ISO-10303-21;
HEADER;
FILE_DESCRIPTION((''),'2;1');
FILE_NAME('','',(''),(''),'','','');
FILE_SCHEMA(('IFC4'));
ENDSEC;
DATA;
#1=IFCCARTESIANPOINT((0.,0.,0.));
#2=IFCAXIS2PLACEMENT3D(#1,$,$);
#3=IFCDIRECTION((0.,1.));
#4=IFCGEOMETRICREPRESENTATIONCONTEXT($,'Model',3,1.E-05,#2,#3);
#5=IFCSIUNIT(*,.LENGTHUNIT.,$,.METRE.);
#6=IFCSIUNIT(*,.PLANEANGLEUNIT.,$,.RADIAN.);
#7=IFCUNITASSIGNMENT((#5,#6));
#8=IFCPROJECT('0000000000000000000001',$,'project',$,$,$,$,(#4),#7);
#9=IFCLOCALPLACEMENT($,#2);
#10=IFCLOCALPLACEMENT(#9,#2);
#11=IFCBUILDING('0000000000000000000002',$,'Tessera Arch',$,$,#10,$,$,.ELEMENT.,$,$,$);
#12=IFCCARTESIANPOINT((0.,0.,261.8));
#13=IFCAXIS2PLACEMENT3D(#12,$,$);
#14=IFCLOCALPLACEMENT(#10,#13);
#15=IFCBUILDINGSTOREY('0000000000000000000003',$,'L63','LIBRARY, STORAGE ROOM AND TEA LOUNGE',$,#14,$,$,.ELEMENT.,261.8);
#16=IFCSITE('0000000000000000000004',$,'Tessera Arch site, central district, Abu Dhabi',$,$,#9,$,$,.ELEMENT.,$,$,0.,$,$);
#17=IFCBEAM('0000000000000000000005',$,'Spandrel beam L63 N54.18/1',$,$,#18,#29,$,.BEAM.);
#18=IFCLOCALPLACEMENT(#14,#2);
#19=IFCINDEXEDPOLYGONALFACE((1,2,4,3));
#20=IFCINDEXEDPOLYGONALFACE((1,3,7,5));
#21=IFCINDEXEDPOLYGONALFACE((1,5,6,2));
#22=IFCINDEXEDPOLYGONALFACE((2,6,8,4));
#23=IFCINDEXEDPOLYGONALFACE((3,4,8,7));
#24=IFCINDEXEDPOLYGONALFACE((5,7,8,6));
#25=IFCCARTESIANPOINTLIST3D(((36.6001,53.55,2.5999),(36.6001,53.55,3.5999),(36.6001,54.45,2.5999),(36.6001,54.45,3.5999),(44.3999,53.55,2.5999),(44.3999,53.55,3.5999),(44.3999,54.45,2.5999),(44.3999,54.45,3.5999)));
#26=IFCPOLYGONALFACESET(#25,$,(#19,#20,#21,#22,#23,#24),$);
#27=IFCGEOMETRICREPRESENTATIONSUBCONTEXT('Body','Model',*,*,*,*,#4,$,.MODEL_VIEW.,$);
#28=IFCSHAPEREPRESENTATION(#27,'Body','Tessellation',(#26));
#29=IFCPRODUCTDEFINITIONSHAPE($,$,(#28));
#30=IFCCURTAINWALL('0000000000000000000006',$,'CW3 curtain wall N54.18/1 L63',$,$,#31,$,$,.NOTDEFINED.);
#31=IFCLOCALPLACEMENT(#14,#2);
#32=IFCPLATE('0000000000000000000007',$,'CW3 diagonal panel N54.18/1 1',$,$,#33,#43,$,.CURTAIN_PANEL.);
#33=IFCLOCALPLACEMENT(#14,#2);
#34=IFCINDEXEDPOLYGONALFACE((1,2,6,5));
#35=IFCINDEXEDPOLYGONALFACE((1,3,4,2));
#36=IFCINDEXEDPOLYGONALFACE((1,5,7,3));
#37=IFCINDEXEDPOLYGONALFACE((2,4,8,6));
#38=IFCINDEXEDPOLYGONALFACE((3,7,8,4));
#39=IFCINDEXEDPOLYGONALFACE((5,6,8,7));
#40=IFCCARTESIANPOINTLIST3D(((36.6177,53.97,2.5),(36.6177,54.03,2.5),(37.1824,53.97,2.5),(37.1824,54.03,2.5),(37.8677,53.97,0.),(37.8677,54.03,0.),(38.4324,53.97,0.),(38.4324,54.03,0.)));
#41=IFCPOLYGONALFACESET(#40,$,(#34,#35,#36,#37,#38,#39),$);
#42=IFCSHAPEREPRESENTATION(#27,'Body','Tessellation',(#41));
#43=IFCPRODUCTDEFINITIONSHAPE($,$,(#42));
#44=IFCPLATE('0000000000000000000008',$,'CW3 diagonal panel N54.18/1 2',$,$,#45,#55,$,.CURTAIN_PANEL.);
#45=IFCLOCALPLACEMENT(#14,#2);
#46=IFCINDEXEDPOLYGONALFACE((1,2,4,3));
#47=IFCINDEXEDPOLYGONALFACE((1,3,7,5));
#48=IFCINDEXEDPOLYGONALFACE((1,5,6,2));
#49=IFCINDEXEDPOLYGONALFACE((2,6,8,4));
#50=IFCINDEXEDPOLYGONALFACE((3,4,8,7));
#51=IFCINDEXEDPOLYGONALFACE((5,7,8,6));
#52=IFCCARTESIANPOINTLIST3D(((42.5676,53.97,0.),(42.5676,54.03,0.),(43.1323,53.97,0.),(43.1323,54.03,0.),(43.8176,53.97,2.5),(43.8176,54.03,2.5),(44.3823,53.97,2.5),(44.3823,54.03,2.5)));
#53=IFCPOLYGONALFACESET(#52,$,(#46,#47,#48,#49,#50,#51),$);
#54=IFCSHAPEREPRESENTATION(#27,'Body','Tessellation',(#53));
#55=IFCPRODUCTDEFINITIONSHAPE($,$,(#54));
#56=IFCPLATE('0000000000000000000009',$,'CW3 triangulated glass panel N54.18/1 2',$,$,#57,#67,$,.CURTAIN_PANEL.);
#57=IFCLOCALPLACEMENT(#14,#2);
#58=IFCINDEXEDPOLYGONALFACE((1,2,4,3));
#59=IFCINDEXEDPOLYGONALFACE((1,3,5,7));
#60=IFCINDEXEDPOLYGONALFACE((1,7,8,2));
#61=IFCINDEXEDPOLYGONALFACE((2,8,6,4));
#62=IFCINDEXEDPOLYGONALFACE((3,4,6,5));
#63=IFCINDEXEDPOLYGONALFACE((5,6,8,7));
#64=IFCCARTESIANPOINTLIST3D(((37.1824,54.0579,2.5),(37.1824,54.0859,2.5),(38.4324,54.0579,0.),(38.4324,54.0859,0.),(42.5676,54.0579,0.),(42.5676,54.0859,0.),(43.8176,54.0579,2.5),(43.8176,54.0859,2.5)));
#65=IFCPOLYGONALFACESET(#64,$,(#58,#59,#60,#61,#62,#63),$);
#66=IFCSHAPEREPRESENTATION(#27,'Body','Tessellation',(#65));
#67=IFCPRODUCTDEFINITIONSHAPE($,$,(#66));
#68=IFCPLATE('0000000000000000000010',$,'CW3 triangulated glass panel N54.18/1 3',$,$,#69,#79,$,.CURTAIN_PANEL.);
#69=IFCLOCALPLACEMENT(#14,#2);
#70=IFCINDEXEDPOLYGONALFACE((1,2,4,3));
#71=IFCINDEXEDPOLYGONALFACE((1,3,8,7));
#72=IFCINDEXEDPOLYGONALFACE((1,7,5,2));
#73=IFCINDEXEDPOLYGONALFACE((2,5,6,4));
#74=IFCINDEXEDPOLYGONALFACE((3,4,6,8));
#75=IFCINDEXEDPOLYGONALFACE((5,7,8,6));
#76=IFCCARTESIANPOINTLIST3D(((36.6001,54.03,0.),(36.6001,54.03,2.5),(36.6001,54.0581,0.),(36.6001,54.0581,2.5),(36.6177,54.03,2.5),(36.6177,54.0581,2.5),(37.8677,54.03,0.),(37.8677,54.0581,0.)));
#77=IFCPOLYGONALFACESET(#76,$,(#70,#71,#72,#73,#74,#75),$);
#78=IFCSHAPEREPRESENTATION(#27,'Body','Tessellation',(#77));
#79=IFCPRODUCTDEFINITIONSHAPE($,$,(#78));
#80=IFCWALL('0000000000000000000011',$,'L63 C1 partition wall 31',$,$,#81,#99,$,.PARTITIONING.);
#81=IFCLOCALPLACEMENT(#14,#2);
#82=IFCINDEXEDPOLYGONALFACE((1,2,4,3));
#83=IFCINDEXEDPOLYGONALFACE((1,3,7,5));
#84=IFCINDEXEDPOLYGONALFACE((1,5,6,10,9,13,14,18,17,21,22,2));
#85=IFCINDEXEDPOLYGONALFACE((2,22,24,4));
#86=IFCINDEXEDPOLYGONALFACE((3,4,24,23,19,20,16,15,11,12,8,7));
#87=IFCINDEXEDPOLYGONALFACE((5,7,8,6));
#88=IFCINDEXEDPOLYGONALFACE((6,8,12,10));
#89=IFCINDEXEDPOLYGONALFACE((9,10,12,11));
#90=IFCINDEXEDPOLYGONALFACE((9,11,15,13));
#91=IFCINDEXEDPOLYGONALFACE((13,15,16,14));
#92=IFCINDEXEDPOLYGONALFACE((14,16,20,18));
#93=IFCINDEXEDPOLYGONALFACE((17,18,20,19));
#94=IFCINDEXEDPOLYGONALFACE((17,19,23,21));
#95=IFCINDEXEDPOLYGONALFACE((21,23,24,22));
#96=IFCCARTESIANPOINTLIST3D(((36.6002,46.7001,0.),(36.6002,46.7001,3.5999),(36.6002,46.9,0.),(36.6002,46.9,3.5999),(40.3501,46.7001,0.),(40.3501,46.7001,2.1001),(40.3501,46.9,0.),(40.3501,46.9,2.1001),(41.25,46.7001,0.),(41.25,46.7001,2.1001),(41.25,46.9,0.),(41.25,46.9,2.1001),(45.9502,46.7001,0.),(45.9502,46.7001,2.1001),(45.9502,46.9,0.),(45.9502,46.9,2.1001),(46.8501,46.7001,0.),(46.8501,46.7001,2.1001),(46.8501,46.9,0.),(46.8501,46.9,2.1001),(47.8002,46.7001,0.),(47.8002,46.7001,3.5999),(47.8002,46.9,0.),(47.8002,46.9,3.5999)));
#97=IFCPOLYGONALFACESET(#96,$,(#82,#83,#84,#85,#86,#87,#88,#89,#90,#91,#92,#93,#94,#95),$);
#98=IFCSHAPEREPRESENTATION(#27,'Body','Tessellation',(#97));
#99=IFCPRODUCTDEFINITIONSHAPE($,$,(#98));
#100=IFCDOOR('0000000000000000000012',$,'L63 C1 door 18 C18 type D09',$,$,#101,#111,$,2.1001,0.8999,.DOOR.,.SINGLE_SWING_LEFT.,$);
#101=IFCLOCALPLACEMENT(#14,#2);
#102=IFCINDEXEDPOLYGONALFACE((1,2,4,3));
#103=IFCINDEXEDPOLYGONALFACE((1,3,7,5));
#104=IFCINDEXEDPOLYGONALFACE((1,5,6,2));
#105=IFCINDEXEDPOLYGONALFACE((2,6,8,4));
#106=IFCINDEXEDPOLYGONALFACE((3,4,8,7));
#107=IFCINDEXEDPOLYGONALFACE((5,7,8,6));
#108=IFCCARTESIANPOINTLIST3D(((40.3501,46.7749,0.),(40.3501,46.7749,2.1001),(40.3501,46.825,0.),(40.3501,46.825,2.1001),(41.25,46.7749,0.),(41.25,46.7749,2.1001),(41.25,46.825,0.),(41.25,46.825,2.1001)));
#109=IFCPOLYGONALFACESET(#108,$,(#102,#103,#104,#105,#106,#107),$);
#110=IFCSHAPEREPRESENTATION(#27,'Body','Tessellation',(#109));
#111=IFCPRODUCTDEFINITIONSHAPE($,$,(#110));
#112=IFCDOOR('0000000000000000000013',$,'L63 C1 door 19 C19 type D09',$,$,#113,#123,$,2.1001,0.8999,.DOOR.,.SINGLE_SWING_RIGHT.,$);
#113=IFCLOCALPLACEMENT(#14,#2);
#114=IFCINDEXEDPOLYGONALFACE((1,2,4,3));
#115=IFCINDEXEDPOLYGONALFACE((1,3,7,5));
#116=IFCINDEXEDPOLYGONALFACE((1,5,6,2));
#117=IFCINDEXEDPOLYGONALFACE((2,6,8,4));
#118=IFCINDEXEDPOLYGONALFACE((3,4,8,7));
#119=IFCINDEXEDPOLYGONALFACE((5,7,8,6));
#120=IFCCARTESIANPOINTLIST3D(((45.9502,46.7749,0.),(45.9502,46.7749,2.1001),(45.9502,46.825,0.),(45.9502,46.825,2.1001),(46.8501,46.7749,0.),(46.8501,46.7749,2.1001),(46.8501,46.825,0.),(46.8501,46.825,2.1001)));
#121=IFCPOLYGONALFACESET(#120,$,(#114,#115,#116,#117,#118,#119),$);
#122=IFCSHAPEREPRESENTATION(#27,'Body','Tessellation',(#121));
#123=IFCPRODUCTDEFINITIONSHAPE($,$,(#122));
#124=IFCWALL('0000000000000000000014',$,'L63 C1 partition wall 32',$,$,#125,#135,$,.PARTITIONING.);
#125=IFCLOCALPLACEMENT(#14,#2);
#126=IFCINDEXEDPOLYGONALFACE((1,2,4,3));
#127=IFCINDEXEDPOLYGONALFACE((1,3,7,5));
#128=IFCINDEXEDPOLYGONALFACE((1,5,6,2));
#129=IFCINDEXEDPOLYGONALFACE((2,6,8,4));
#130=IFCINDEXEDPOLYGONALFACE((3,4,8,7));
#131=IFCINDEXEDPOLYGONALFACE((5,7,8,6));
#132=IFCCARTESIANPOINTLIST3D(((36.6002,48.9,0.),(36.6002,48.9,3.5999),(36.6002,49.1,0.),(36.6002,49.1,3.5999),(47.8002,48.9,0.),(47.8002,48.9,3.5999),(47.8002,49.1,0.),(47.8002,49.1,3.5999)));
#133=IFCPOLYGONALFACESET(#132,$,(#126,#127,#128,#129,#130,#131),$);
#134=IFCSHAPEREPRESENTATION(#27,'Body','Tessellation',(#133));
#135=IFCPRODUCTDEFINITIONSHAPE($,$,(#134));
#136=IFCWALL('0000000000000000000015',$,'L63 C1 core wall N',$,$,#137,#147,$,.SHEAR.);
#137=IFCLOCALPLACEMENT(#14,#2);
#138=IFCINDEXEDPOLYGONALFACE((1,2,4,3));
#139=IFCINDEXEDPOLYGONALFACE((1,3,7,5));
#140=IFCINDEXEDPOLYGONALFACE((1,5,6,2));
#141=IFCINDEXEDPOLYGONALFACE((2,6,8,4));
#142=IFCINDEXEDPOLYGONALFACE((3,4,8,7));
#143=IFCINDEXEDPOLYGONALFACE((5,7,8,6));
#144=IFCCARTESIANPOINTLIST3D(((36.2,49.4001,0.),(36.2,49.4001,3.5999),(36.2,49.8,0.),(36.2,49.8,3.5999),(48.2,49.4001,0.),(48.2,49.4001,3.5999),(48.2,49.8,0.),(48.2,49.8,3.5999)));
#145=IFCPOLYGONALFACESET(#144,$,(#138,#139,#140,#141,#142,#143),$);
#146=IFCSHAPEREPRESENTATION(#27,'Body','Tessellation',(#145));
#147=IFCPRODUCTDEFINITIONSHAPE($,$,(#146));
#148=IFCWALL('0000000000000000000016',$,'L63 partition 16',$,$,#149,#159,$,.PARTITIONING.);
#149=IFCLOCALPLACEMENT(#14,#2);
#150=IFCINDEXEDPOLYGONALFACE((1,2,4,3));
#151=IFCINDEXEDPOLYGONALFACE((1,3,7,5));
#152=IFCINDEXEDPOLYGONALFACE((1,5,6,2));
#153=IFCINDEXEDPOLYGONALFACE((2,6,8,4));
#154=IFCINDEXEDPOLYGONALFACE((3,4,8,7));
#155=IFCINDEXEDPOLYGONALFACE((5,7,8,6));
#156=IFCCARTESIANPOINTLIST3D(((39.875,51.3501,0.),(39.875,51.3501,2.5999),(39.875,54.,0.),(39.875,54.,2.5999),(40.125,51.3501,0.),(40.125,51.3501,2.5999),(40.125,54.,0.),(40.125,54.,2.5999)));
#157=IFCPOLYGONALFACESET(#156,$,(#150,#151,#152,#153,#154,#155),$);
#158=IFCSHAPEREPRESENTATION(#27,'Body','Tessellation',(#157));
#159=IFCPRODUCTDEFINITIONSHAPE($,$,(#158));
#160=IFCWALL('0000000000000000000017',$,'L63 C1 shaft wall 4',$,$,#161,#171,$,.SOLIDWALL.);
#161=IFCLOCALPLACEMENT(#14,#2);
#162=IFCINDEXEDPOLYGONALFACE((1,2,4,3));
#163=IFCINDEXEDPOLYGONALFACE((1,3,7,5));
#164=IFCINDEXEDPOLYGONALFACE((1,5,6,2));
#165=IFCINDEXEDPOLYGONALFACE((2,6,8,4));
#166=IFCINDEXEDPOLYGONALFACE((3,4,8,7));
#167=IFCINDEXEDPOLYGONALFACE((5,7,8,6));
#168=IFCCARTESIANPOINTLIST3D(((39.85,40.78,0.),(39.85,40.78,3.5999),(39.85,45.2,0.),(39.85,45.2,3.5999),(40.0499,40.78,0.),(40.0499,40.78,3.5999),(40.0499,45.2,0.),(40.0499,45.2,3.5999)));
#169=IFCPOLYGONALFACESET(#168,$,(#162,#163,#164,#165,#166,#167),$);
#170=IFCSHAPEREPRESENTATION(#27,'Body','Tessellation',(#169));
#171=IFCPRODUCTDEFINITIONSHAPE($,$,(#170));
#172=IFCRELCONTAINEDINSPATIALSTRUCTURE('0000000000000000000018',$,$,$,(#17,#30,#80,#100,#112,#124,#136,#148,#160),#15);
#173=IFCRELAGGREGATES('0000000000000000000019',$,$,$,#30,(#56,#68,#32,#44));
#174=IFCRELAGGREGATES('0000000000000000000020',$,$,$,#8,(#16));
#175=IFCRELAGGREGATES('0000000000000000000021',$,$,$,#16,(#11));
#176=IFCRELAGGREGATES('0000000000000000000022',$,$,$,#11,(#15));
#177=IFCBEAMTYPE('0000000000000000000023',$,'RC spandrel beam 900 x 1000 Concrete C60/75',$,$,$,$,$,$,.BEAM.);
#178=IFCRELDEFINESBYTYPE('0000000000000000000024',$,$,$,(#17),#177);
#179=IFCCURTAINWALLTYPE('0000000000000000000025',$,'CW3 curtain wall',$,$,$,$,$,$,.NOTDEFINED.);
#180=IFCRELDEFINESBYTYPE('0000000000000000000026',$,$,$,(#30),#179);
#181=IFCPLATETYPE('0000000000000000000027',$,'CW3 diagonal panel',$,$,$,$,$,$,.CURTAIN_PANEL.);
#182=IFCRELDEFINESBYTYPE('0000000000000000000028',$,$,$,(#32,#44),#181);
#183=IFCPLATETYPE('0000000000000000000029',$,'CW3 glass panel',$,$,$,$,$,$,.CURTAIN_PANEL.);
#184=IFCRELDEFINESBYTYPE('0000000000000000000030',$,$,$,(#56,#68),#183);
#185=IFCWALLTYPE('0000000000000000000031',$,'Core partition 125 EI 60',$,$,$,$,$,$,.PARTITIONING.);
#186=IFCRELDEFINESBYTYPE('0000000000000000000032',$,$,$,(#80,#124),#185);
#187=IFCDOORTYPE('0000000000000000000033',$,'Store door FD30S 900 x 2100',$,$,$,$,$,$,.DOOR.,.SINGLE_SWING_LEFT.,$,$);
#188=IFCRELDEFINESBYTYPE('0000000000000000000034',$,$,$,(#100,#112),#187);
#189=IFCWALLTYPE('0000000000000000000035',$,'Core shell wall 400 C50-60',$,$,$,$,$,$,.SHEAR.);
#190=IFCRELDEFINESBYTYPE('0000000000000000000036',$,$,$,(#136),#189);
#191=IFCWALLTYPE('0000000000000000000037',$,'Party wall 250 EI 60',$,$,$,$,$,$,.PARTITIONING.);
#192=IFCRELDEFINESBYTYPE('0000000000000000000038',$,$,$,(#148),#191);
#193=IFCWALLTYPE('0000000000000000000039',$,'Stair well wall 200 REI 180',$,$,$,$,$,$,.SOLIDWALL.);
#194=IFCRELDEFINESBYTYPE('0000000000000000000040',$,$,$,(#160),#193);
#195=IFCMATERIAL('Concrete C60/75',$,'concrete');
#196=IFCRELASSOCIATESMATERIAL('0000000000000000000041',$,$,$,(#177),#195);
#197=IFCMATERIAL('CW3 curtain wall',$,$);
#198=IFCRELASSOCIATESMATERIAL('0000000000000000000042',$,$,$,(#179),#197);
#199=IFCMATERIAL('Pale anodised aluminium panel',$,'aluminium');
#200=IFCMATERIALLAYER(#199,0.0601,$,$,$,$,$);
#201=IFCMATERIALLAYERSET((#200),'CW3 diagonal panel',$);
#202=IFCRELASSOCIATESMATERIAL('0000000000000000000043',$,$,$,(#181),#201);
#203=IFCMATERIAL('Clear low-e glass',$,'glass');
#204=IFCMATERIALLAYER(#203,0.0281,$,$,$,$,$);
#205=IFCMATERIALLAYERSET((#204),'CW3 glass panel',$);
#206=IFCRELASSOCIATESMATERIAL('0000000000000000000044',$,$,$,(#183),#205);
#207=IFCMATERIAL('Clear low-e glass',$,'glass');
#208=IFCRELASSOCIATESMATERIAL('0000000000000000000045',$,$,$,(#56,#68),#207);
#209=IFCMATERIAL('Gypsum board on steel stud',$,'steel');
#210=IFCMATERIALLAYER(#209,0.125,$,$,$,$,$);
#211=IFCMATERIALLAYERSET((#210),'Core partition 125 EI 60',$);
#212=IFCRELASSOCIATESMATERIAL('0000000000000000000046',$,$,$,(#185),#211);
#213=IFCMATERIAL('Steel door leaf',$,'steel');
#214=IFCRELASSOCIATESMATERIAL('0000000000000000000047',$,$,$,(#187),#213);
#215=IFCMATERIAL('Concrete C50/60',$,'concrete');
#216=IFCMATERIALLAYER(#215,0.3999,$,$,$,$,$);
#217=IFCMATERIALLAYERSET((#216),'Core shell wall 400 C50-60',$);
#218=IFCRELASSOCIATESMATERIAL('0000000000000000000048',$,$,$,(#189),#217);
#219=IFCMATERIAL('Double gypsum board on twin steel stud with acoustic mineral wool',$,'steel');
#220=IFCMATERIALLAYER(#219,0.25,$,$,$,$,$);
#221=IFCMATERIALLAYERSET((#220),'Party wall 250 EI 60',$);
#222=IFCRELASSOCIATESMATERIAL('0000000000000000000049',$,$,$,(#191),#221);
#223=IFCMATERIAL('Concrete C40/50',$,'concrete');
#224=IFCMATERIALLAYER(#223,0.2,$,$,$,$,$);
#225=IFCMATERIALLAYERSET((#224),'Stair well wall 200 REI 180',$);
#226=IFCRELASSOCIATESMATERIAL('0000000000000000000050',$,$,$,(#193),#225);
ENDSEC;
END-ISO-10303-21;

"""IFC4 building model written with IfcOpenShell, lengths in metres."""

from ifc_helpers import new_model, si_unit, direction, frame, frame_2d, origin, origin_2d, place, context, subcontext, project, spatial, polyline, rectangle, outline, extrude, material, layer, layer_set, material_profile, profile_set, type_object, element, fill, aggregate, save


model = new_model("IFC4")

# Units and contexts
model_context = context("Model", 3, precision=1e-05, world=origin(), true_north=direction((0.0, 1.0)))
body_context = subcontext(model_context, "Body", "Model", "MODEL_VIEW")
ifc_project = project(units=[si_unit("LENGTHUNIT", "METRE"), si_unit("PLANEANGLEUNIT", "RADIAN")], contexts=[model_context])

# Site, building, storey
site_placement = place(None, origin())
site = spatial("IfcSite", under=ifc_project, at=site_placement, Name="Tessera Arch site, central district, Abu Dhabi", CompositionType="ELEMENT", RefElevation=0.0)
building_placement = place(site_placement, origin())
building = spatial("IfcBuilding", under=site, at=building_placement, Name="Tessera Arch", CompositionType="ELEMENT")
storey_placement = place(building_placement, frame((0.0, 0.0, 261.8)))
storey = spatial("IfcBuildingStorey", under=building, at=storey_placement, Name="L63", Description="LIBRARY, STORAGE ROOM AND TEA LOUNGE", CompositionType="ELEMENT", Elevation=261.8)

# Beam
ifc_material_1 = material(Name="Concrete C60/75", Category="concrete")
ifc_material_profile = material_profile(ifc_material_1, rectangle(XDim=0.8999, YDim=1.0, at=origin_2d()), Name="RC spandrel beam 900 x 1000 Concrete C60/75")
ifc_profile_set = profile_set([ifc_material_profile], Name="Concrete C60/75")
beam_type = type_object("IfcBeamType", Name="RC spandrel beam 900 x 1000 Concrete C60/75", PredefinedType="BEAM", material=ifc_profile_set)
beam_placement = place(storey_placement, frame((44.3999, 54.0, 3.0999), z_axis=(-1.0, 0.0, 0.0), x_axis=(0.0, -1.0, 0.0)))
element("IfcBeam", 1, at=beam_placement, inside=storey, type_object=beam_type, Name="Spandrel beam L63 N54.18/1", PredefinedType="BEAM", context=body_context, shape_type="SweptSolid", body=[
    extrude(rectangle(XDim=0.8999, YDim=1.0, at=origin_2d()), origin(), (0.0, 0.0, 1.0), 7.7998),
])

# Curtain wall, plates
ifc_material_2 = material(Name="CW3 curtain wall")
curtain_wall_type = type_object("IfcCurtainWallType", Name="CW3 curtain wall", PredefinedType="NOTDEFINED", material=ifc_material_2)
curtain_wall_placement = place(storey_placement, origin())
curtain_wall = element("IfcCurtainWall", 2, at=curtain_wall_placement, inside=storey, type_object=curtain_wall_type, Name="CW3 curtain wall N54.18/1 L63", PredefinedType="NOTDEFINED")
ifc_material_3 = material(Name="Pale anodised aluminium panel", Category="aluminium")
ifc_layer_1 = layer(ifc_material_3, 0.0601)
ifc_layer_set_1 = layer_set([ifc_layer_1], Name="CW3 diagonal panel")
plate_type_1 = type_object("IfcPlateType", Name="CW3 diagonal panel", PredefinedType="CURTAIN_PANEL", material=ifc_layer_set_1)
plate_1_placement = place(storey_placement, frame((36.6177, 54.03, 2.5), z_axis=(0.0, 1.0, 0.0), x_axis=(1.0, 0.0, 0.0)))
plate_1 = element("IfcPlate", 3, at=plate_1_placement, type_object=plate_type_1, Name="CW3 diagonal panel N54.18/1 1", PredefinedType="CURTAIN_PANEL", context=body_context, shape_type="SweptSolid", body=[
    extrude(outline(polyline([(0.0, 0.0), (0.5647, 0.0), (1.8147, 2.5), (1.25, 2.5), (0.0, 0.0)])), origin(), (0.0, 0.0, -1.0), 0.0601),
])
plate_2_placement = place(storey_placement, frame((43.8176, 54.03, 2.5), z_axis=(0.0, 1.0, 0.0), x_axis=(1.0, 0.0, 0.0)))
plate_2 = element("IfcPlate", 4, at=plate_2_placement, type_object=plate_type_1, Name="CW3 diagonal panel N54.18/1 2", PredefinedType="CURTAIN_PANEL", context=body_context, shape_type="SweptSolid", body=[
    extrude(outline(polyline([(0.0, 0.0), (0.5647, 0.0), (-0.6853, 2.5), (-1.25, 2.5), (0.0, 0.0)])), origin(), (0.0, 0.0, -1.0), 0.0601),
])
ifc_material_4 = material(Name="Clear low-e glass", Category="glass")
ifc_material_5 = material(Name="Clear low-e glass", Category="glass")
ifc_layer_2 = layer(ifc_material_5, 0.0281)
ifc_layer_set_2 = layer_set([ifc_layer_2], Name="CW3 glass panel")
plate_type_2 = type_object("IfcPlateType", Name="CW3 glass panel", PredefinedType="CURTAIN_PANEL", material=ifc_layer_set_2)
plate_3_placement = place(storey_placement, frame((37.1824, 54.0859, 2.5), z_axis=(0.0, 1.0, 0.0), x_axis=(1.0, 0.0, 0.0)))
plate_3 = element("IfcPlate", 5, at=plate_3_placement, type_object=plate_type_2, material=ifc_material_4, Name="CW3 triangulated glass panel N54.18/1 2", PredefinedType="CURTAIN_PANEL", context=body_context, shape_type="SweptSolid", body=[
    extrude(outline(polyline([(0.0, 0.0), (6.6353, 0.0), (5.3853, 2.5), (1.25, 2.5), (0.0, 0.0)])), origin(), (0.0, 0.0, -1.0), 0.0281),
])
plate_4_placement = place(storey_placement, frame((36.6001, 54.0581, 2.5), z_axis=(0.0, 1.0, 0.0), x_axis=(1.0, 0.0, 0.0)))
plate_4 = element("IfcPlate", 6, at=plate_4_placement, type_object=plate_type_2, material=ifc_material_4, Name="CW3 triangulated glass panel N54.18/1 3", PredefinedType="CURTAIN_PANEL", context=body_context, shape_type="SweptSolid", body=[
    extrude(outline(polyline([(0.0, 0.0), (0.0176, 0.0), (1.2676, 2.5), (0.0, 2.5), (0.0, 0.0)])), origin(), (0.0, 0.0, -1.0), 0.0281),
])
aggregate(curtain_wall, [plate_3, plate_4, plate_1, plate_2])

# Wall, openings, doors
ifc_material_6 = material(Name="Gypsum board on steel stud", Category="steel")
ifc_layer_3 = layer(ifc_material_6, 0.125)
ifc_layer_set_3 = layer_set([ifc_layer_3], Name="Core partition 125 EI 60")
wall_type_1 = type_object("IfcWallType", Name="Core partition 125 EI 60", PredefinedType="PARTITIONING", material=ifc_layer_set_3)
wall_1_placement = place(storey_placement, frame((36.6001, 46.8, 0.0), z_axis=(0.0, 0.0, 1.0), x_axis=(1.0, 0.0, 0.0)))
wall_1 = element("IfcWall", 7, at=wall_1_placement, inside=storey, type_object=wall_type_1, Name="L63 C1 partition wall 31", PredefinedType="PARTITIONING", context=body_context, shape_type="SweptSolid", body=[
    extrude(rectangle(XDim=11.2, YDim=0.2, at=frame_2d((5.6001, 0.0))), origin(), (0.0, 0.0, 1.0), 3.5999),
])
opening_1_placement = place(wall_1_placement, frame((3.75, 0.0, 0.0)))
opening_1 = element("IfcOpeningElement", 8, at=opening_1_placement, cuts=wall_1, PredefinedType="OPENING", context=body_context, shape_type="SweptSolid", body=[
    extrude(rectangle(XDim=0.8999, YDim=2.1001, at=frame_2d((0.45, 1.05))), frame((0.0, 0.1099, 0.0), z_axis=(0.0, -1.0, 0.0), x_axis=(1.0, 0.0, 0.0)), (0.0, 0.0, 1.0), 0.22),
])
opening_2_placement = place(wall_1_placement, frame((9.3501, 0.0, 0.0)))
opening_2 = element("IfcOpeningElement", 9, at=opening_2_placement, cuts=wall_1, PredefinedType="OPENING", context=body_context, shape_type="SweptSolid", body=[
    extrude(rectangle(XDim=0.8999, YDim=2.1001, at=frame_2d((0.45, 1.05))), frame((0.0, 0.1099, 0.0), z_axis=(0.0, -1.0, 0.0), x_axis=(1.0, 0.0, 0.0)), (0.0, 0.0, 1.0), 0.22),
])
ifc_material_7 = material(Name="Steel door leaf", Category="steel")
door_type_1 = type_object("IfcDoorType", Name="Store door FD30S 900 x 2100", OperationType="SINGLE_SWING_LEFT", PredefinedType="DOOR", material=ifc_material_7)
door_1_placement = place(opening_1_placement, origin())
door_1 = element("IfcDoor", 10, at=door_1_placement, inside=storey, type_object=door_type_1, Name="L63 C1 door 18 C18 type D09", OperationType="SINGLE_SWING_LEFT", OverallHeight=2.1001, OverallWidth=0.8999, PredefinedType="DOOR", context=body_context, shape_type="SweptSolid", body=[
    extrude(rectangle(XDim=0.8999, YDim=2.1001, at=frame_2d((0.45, 1.05))), frame((0.0, 0.0249, 0.0), z_axis=(0.0, -1.0, 0.0), x_axis=(1.0, 0.0, 0.0)), (0.0, 0.0, 1.0), 0.05),
])
fill(opening_1, door_1)
door_2_placement = place(opening_2_placement, origin())
door_2 = element("IfcDoor", 11, at=door_2_placement, inside=storey, type_object=door_type_1, Name="L63 C1 door 19 C19 type D09", OperationType="SINGLE_SWING_RIGHT", OverallHeight=2.1001, OverallWidth=0.8999, PredefinedType="DOOR", context=body_context, shape_type="SweptSolid", body=[
    extrude(rectangle(XDim=0.8999, YDim=2.1001, at=frame_2d((0.45, 1.05))), frame((0.0, 0.0249, 0.0), z_axis=(0.0, -1.0, 0.0), x_axis=(1.0, 0.0, 0.0)), (0.0, 0.0, 1.0), 0.05),
])
fill(opening_2, door_2)

# Walls
wall_2_placement = place(storey_placement, frame((36.6001, 49.0, 0.0), z_axis=(0.0, 0.0, 1.0), x_axis=(1.0, 0.0, 0.0)))
element("IfcWall", 12, at=wall_2_placement, inside=storey, type_object=wall_type_1, Name="L63 C1 partition wall 32", PredefinedType="PARTITIONING", context=body_context, shape_type="SweptSolid", body=[
    extrude(rectangle(XDim=11.2, YDim=0.2, at=frame_2d((5.6001, 0.0))), origin(), (0.0, 0.0, 1.0), 3.5999),
])
ifc_material_8 = material(Name="Concrete C50/60", Category="concrete")
ifc_layer_4 = layer(ifc_material_8, 0.3999)
ifc_layer_set_4 = layer_set([ifc_layer_4], Name="Core shell wall 400 C50-60")
wall_type_2 = type_object("IfcWallType", Name="Core shell wall 400 C50-60", PredefinedType="SHEAR", material=ifc_layer_set_4)
wall_3_placement = place(storey_placement, frame((36.2, 49.6001, 0.0), z_axis=(0.0, 0.0, 1.0), x_axis=(1.0, 0.0, 0.0)))
element("IfcWall", 13, at=wall_3_placement, inside=storey, type_object=wall_type_2, Name="L63 C1 core wall N", PredefinedType="SHEAR", context=body_context, shape_type="SweptSolid", body=[
    extrude(rectangle(XDim=12.0, YDim=0.3999, at=frame_2d((6.0, 0.0))), origin(), (0.0, 0.0, 1.0), 3.5999),
])
ifc_material_9 = material(Name="Double gypsum board on twin steel stud with acoustic mineral wool", Category="steel")
ifc_layer_5 = layer(ifc_material_9, 0.25)
ifc_layer_set_5 = layer_set([ifc_layer_5], Name="Party wall 250 EI 60")
wall_type_3 = type_object("IfcWallType", Name="Party wall 250 EI 60", PredefinedType="PARTITIONING", material=ifc_layer_set_5)
wall_4_placement = place(storey_placement, frame((40.0, 51.3501, 0.0), z_axis=(0.0, 0.0, 1.0), x_axis=(0.0, 1.0, 0.0)))
element("IfcWall", 14, at=wall_4_placement, inside=storey, type_object=wall_type_3, Name="L63 partition 16", PredefinedType="PARTITIONING", context=body_context, shape_type="SweptSolid", body=[
    extrude(rectangle(XDim=2.6499, YDim=0.25, at=frame_2d((1.325, 0.0))), origin(), (0.0, 0.0, 1.0), 2.5999),
])
ifc_material_10 = material(Name="Concrete C40/50", Category="concrete")
ifc_layer_6 = layer(ifc_material_10, 0.2)
ifc_layer_set_6 = layer_set([ifc_layer_6], Name="Stair well wall 200 REI 180")
wall_type_4 = type_object("IfcWallType", Name="Stair well wall 200 REI 180", PredefinedType="SOLIDWALL", material=ifc_layer_set_6)
for number, where, z_axis, x_axis, name in (
    (15, (39.95, 40.78, 0.0), (0.0, 0.0, 1.0), (0.0, 1.0, 0.0), "L63 C1 shaft wall 4"),
):
    element("IfcWall", number, at=place(storey_placement, frame(where, z_axis=z_axis, x_axis=x_axis)), inside=storey, type_object=wall_type_4, Name=name, PredefinedType="SOLIDWALL", context=body_context, shape_type="SweptSolid", body=[
        extrude(rectangle(XDim=4.4199, YDim=0.2, at=frame_2d((2.21, 0.0))), origin(), (0.0, 0.0, 1.0), 3.5999),
    ])

save(model, "model.ifc")
